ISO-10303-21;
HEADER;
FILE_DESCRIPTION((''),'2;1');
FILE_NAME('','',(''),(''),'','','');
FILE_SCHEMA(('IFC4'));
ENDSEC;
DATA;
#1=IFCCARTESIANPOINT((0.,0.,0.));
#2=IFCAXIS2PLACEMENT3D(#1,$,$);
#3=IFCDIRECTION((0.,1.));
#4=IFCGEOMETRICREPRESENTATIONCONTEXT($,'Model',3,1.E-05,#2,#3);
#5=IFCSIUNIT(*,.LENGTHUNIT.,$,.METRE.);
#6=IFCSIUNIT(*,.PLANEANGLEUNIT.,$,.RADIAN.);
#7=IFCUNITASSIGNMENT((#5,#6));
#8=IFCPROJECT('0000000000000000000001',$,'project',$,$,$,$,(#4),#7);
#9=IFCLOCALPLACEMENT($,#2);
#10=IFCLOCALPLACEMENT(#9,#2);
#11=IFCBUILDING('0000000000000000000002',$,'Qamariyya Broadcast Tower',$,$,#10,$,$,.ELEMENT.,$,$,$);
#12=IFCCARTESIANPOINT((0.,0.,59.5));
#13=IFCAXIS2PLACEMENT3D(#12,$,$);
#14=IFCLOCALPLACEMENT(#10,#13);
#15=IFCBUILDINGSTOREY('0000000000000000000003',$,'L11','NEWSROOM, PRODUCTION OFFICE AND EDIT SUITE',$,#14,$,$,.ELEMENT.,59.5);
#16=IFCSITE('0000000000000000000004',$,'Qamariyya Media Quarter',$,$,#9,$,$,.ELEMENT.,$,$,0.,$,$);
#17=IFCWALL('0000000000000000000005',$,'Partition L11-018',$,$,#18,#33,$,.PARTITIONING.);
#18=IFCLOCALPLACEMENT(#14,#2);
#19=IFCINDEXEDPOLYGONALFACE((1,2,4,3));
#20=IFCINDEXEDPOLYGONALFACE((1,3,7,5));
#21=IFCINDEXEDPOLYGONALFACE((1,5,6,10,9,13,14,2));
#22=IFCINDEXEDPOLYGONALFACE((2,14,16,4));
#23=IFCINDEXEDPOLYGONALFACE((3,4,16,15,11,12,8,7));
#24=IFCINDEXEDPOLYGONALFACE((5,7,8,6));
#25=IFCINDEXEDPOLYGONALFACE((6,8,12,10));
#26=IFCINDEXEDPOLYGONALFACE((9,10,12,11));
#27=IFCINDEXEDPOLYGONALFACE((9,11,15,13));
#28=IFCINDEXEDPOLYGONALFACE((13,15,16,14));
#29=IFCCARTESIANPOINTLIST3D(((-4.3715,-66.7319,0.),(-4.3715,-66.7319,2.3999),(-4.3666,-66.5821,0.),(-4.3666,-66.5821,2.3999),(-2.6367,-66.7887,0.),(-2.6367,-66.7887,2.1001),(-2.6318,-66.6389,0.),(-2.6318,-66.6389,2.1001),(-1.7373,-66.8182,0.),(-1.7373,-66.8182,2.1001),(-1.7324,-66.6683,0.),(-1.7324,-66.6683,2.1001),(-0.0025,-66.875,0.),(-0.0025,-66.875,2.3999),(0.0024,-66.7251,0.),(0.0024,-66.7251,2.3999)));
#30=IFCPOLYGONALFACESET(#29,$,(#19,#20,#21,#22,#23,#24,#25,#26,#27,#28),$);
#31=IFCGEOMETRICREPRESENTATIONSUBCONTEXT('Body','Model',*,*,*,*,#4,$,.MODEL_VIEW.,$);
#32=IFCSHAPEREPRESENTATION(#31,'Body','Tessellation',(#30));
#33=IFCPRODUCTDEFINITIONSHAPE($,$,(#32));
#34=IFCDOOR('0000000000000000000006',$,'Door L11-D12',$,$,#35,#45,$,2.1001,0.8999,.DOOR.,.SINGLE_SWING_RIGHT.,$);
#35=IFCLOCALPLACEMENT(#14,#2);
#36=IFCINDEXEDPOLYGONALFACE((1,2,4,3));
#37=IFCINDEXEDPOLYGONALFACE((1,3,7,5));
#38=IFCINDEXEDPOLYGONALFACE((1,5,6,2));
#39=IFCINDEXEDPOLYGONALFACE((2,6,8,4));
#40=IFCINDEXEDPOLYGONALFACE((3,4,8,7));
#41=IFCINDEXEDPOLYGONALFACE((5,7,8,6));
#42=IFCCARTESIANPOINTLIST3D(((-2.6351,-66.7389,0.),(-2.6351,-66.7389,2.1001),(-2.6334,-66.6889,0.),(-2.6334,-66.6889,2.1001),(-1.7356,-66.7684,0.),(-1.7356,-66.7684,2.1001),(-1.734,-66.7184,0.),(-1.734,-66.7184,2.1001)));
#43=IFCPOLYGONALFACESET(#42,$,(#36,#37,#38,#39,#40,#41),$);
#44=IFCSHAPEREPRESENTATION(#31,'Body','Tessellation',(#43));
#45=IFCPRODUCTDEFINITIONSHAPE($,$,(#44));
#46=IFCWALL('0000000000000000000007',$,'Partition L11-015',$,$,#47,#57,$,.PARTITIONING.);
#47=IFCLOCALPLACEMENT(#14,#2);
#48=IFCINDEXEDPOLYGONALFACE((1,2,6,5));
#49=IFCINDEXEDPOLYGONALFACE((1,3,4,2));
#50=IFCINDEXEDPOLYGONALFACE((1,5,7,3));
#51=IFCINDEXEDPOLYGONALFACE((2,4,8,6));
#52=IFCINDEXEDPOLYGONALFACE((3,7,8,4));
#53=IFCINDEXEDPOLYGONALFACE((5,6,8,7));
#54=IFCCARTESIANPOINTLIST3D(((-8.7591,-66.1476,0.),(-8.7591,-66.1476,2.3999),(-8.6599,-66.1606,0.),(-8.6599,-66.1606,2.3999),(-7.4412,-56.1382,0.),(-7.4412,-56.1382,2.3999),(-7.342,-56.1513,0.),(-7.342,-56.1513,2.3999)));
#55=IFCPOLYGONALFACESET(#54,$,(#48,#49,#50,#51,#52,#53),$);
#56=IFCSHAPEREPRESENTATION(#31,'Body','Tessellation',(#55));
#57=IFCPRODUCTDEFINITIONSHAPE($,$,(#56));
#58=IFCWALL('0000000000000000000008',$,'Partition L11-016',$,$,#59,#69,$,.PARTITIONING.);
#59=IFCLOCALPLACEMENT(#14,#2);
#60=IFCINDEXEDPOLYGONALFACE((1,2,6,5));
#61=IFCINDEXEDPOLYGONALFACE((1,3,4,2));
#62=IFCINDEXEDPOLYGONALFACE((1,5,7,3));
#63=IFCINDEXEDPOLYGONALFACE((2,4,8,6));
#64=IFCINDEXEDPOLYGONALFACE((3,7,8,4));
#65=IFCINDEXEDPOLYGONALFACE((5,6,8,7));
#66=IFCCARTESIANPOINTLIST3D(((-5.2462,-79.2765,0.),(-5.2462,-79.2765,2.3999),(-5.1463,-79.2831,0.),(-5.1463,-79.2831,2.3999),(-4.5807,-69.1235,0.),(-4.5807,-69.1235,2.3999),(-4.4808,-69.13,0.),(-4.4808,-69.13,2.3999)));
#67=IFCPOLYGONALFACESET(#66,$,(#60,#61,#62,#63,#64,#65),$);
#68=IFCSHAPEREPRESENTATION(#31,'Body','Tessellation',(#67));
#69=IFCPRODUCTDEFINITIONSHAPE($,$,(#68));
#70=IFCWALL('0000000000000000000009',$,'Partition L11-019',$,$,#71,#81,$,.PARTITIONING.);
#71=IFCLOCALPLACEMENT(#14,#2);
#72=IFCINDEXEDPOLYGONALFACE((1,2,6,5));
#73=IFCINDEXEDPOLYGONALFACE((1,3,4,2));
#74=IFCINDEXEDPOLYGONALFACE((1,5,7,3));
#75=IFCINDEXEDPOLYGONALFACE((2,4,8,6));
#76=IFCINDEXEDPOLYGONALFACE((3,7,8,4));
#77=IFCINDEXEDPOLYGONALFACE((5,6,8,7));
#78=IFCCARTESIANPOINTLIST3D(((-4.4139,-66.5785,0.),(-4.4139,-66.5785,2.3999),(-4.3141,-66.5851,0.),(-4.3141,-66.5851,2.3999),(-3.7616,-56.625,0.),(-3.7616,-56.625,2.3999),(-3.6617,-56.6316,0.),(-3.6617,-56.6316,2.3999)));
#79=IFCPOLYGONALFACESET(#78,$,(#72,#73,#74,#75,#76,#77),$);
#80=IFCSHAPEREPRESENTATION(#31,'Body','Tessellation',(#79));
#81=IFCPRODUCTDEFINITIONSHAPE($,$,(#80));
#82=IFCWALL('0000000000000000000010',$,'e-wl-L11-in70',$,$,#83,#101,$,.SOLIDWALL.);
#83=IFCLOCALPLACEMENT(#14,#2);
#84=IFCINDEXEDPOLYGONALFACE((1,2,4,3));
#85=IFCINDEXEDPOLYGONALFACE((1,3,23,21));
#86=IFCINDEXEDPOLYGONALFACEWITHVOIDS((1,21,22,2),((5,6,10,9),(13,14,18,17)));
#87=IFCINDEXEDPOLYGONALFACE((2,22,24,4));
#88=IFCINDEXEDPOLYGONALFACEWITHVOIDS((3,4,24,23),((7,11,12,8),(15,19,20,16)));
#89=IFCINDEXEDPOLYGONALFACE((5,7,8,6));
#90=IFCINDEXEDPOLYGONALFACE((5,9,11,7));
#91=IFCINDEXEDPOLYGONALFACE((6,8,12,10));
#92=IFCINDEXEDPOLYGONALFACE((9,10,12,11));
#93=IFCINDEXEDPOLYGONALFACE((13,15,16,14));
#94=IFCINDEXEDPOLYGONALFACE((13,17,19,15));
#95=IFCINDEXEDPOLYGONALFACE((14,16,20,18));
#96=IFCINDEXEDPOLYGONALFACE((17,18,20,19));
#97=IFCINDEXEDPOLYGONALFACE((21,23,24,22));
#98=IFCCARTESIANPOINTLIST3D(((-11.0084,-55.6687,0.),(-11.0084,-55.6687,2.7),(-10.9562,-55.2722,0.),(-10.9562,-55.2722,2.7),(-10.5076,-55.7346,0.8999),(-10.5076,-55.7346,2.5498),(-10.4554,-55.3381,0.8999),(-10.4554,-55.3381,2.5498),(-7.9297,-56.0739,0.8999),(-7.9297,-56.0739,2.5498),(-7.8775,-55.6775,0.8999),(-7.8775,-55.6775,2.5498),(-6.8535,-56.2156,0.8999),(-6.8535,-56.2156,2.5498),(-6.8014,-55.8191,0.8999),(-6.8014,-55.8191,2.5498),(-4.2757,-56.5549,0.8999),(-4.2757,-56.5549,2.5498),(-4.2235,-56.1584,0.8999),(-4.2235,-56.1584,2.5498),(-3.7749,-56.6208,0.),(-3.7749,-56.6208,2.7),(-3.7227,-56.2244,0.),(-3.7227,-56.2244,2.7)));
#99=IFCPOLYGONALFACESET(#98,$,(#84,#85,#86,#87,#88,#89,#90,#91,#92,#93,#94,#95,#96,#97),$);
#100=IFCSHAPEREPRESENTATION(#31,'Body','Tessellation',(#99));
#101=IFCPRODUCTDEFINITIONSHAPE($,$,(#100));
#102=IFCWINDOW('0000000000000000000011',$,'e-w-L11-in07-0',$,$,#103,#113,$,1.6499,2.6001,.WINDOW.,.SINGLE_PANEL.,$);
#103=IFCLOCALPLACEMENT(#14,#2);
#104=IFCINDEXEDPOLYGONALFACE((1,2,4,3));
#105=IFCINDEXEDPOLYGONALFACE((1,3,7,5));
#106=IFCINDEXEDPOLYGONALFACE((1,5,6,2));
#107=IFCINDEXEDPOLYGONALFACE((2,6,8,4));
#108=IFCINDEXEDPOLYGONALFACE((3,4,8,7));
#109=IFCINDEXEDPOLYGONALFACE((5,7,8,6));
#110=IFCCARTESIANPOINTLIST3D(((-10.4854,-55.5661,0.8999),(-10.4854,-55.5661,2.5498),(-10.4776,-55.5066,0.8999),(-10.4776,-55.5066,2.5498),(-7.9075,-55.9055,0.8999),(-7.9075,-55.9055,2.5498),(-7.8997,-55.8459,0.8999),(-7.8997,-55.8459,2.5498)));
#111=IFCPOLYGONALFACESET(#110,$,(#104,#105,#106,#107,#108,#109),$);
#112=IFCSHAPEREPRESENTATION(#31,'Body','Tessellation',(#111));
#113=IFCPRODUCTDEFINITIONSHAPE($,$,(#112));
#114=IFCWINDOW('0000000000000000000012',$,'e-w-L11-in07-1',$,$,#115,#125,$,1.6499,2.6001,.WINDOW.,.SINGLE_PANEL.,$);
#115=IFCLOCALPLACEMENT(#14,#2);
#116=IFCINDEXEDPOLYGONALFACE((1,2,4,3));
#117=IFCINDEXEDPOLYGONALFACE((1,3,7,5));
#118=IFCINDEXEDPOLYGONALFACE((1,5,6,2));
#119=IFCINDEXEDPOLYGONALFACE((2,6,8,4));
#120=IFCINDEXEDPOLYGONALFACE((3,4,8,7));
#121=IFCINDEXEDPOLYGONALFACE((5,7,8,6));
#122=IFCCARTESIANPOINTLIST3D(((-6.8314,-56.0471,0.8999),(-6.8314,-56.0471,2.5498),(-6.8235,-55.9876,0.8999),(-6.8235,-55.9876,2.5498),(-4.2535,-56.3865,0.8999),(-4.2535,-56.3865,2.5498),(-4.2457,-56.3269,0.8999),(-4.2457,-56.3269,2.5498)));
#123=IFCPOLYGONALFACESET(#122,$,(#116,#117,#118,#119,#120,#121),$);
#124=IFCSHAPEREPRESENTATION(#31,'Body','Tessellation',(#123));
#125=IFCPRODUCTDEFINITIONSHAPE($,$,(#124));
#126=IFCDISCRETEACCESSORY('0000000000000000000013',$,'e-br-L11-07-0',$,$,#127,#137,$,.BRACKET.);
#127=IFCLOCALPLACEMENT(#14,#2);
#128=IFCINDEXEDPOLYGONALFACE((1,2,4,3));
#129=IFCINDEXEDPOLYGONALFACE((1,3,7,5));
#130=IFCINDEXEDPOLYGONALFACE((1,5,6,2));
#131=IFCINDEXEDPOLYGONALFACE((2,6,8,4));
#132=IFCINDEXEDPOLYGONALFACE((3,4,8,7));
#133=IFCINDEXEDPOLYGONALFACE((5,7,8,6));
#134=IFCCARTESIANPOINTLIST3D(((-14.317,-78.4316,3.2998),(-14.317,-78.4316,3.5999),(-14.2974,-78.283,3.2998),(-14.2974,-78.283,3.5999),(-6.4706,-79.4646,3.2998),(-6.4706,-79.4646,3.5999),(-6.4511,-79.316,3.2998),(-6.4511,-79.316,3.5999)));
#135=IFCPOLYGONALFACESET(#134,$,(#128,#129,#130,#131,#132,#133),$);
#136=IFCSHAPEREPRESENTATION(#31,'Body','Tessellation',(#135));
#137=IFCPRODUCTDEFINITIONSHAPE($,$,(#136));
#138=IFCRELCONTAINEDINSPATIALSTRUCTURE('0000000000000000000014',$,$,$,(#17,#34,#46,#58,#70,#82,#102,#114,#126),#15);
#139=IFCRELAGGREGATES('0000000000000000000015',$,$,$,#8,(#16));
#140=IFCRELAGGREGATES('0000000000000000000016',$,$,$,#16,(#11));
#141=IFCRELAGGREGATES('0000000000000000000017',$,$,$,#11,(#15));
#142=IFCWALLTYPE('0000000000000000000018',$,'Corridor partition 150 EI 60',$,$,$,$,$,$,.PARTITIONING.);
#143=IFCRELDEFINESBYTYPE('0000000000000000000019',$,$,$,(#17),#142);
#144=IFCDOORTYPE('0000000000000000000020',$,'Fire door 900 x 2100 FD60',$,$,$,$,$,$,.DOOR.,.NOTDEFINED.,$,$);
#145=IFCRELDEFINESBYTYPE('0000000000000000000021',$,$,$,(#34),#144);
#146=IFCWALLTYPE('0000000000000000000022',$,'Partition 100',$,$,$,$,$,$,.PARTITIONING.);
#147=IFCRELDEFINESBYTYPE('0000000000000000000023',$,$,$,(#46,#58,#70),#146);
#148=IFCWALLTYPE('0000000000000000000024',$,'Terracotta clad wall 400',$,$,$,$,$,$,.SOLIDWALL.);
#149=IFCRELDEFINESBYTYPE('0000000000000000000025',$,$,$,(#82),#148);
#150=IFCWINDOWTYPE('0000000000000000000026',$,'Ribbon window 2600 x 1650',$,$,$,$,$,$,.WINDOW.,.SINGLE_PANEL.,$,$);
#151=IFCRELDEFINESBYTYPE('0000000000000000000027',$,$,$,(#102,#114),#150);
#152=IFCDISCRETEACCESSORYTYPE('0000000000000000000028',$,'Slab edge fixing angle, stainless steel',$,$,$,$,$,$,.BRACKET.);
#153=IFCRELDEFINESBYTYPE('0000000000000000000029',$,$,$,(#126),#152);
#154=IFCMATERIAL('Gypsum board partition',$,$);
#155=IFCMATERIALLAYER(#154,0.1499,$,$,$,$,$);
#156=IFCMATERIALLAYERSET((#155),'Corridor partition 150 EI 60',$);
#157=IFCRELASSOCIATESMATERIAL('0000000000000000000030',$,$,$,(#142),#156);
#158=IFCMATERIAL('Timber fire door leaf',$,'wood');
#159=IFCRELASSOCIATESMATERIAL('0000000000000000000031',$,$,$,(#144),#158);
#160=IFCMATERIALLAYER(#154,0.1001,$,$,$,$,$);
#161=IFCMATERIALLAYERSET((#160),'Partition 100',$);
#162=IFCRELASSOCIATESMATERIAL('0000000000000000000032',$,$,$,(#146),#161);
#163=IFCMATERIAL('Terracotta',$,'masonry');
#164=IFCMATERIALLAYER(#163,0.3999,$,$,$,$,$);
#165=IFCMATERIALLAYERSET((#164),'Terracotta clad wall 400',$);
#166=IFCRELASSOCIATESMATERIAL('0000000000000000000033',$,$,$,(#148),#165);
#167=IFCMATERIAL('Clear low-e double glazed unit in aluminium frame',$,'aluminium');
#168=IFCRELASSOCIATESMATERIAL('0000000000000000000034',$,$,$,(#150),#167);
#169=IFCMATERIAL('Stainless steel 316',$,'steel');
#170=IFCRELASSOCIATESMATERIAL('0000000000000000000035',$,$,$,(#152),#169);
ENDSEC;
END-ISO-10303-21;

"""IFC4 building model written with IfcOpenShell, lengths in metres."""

from ifc_helpers import new_model, si_unit, direction, frame, frame_2d, origin, origin_2d, place, context, subcontext, project, spatial, rectangle, extrude, material, layer, layer_set, type_object, element, fill, save


model = new_model("IFC4")

# Units and contexts
model_context = context("Model", 3, precision=1e-05, world=origin(), true_north=direction((0.0, 1.0)))
body_context = subcontext(model_context, "Body", "Model", "MODEL_VIEW")
ifc_project = project(units=[si_unit("LENGTHUNIT", "METRE"), si_unit("PLANEANGLEUNIT", "RADIAN")], contexts=[model_context])

# Site, building, storey
site_placement = place(None, origin())
site = spatial("IfcSite", under=ifc_project, at=site_placement, Name="Qamariyya Media Quarter", CompositionType="ELEMENT", RefElevation=0.0)
building_placement = place(site_placement, origin())
building = spatial("IfcBuilding", under=site, at=building_placement, Name="Qamariyya Broadcast Tower", CompositionType="ELEMENT")
storey_placement = place(building_placement, frame((0.0, 0.0, 59.5)))
storey = spatial("IfcBuildingStorey", under=building, at=storey_placement, Name="L11", Description="NEWSROOM, PRODUCTION OFFICE AND EDIT SUITE", CompositionType="ELEMENT", Elevation=59.5)

# Wall, opening, door
ifc_material_1 = material(Name="Gypsum board partition")
ifc_layer_1 = layer(ifc_material_1, 0.1499)
ifc_layer_set_1 = layer_set([ifc_layer_1], Name="Corridor partition 150 EI 60")
wall_type_1 = type_object("IfcWallType", Name="Corridor partition 150 EI 60", PredefinedType="PARTITIONING", material=ifc_layer_set_1)
ifc_material_2 = material(Name="Timber fire door leaf", Category="wood")
door_type_1 = type_object("IfcDoorType", Name="Fire door 900 x 2100 FD60", OperationType="NOTDEFINED", PredefinedType="DOOR", material=ifc_material_2)
wall_1_placement = place(storey_placement, frame((-4.3689, -66.657, 0.0), z_axis=(0.0, 0.0, 1.0), x_axis=(0.999464, -0.032729, 0.0)))
wall_1 = element("IfcWall", 1, at=wall_1_placement, inside=storey, type_object=wall_type_1, Name="Partition L11-018", PredefinedType="PARTITIONING", context=body_context, shape_type="SweptSolid", body=[
    extrude(rectangle(XDim=4.3713, YDim=0.1499, at=frame_2d((2.1855, 0.0))), origin(), (0.0, 0.0, 1.0), 2.3999),
])
opening_1_placement = place(wall_1_placement, frame((1.7356, 0.0, 0.0)))
opening_1 = element("IfcOpeningElement", 2, at=opening_1_placement, cuts=wall_1, PredefinedType="OPENING", context=body_context, shape_type="SweptSolid", body=[
    extrude(rectangle(XDim=0.8999, YDim=2.1001, at=frame_2d((0.45, 1.05))), frame((0.0, 0.085, 0.0), z_axis=(0.0, -1.0, 0.0), x_axis=(1.0, 0.0, 0.0)), (0.0, 0.0, 1.0), 0.1699),
])
door_1_placement = place(opening_1_placement, origin())
door_1 = element("IfcDoor", 3, at=door_1_placement, inside=storey, type_object=door_type_1, Name="Door L11-D12", OperationType="SINGLE_SWING_RIGHT", OverallHeight=2.1001, OverallWidth=0.8999, PredefinedType="DOOR", context=body_context, shape_type="SweptSolid", body=[
    extrude(rectangle(XDim=0.8999, YDim=2.1001, at=frame_2d((0.45, 1.05))), frame((0.0, 0.0249, 0.0), z_axis=(0.0, -1.0, 0.0), x_axis=(1.0, 0.0, 0.0)), (0.0, 0.0, 1.0), 0.05),
])
fill(opening_1, door_1)

# Walls
ifc_layer_2 = layer(ifc_material_1, 0.1001)
ifc_layer_set_2 = layer_set([ifc_layer_2], Name="Partition 100")
wall_type_2 = type_object("IfcWallType", Name="Partition 100", PredefinedType="PARTITIONING", material=ifc_layer_set_2)
wall_2_placement = place(storey_placement, frame((-7.3916, -56.1448, 0.0), z_axis=(0.0, 0.0, 1.0), x_axis=(-0.130538, -0.991443, 0.0)))
element("IfcWall", 4, at=wall_2_placement, inside=storey, type_object=wall_type_2, Name="Partition L11-015", PredefinedType="PARTITIONING", context=body_context, shape_type="SweptSolid", body=[
    extrude(rectangle(XDim=10.0957, YDim=0.1001, at=frame_2d((5.0479, 0.0))), origin(), (0.0, 0.0, 1.0), 2.3999),
])
wall_3_placement = place(storey_placement, frame((-5.1963, -79.2798, 0.0), z_axis=(0.0, 0.0, 1.0), x_axis=(0.065409, 0.997859, 0.0)))
element("IfcWall", 5, at=wall_3_placement, inside=storey, type_object=wall_type_2, Name="Partition L11-016", PredefinedType="PARTITIONING", context=body_context, shape_type="SweptSolid", body=[
    extrude(rectangle(XDim=10.1748, YDim=0.1001, at=frame_2d((5.0874, 0.0))), origin(), (0.0, 0.0, 1.0), 2.3999),
])
wall_4_placement = place(storey_placement, frame((-3.7117, -56.6284, 0.0), z_axis=(0.0, 0.0, 1.0), x_axis=(-0.065398, -0.997859, 0.0)))
element("IfcWall", 6, at=wall_4_placement, inside=storey, type_object=wall_type_2, Name="Partition L11-019", PredefinedType="PARTITIONING", context=body_context, shape_type="SweptSolid", body=[
    extrude(rectangle(XDim=9.9749, YDim=0.1001, at=frame_2d((4.9873, 0.0))), origin(), (0.0, 0.0, 1.0), 2.3999),
])

# Wall, openings, windows
ifc_material_3 = material(Name="Terracotta", Category="masonry")
ifc_layer_3 = layer(ifc_material_3, 0.3999)
ifc_layer_set_3 = layer_set([ifc_layer_3], Name="Terracotta clad wall 400")
wall_type_3 = type_object("IfcWallType", Name="Terracotta clad wall 400", PredefinedType="SOLIDWALL", material=ifc_layer_set_3)
wall_5_placement = place(storey_placement, frame((-3.7488, -56.4226, 0.0), z_axis=(0.0, 0.0, 1.0), x_axis=(-0.991447, 0.130506, 0.0)))
wall_5 = element("IfcWall", 7, at=wall_5_placement, inside=storey, type_object=wall_type_3, Name="e-wl-L11-in70", PredefinedType="SOLIDWALL", context=body_context, shape_type="SweptSolid", body=[
    extrude(rectangle(XDim=7.2959, YDim=0.3999, at=frame_2d((3.6479, 0.0))), origin(), (0.0, 0.0, 1.0), 2.7),
])
opening_2_placement = place(wall_5_placement, frame((4.1907, 0.0, 0.8999)))
opening_2 = element("IfcOpeningElement", 8, at=opening_2_placement, cuts=wall_5, PredefinedType="OPENING", context=body_context, shape_type="SweptSolid", body=[
    extrude(rectangle(XDim=2.6001, YDim=1.6499, at=frame_2d((1.3, 0.825))), frame((0.0, 0.21, 0.0), z_axis=(0.0, -1.0, 0.0), x_axis=(1.0, 0.0, 0.0)), (0.0, 0.0, 1.0), 0.4199),
])
opening_3_placement = place(wall_5_placement, frame((0.5051, 0.0, 0.8999)))
opening_3 = element("IfcOpeningElement", 9, at=opening_3_placement, cuts=wall_5, PredefinedType="OPENING", context=body_context, shape_type="SweptSolid", body=[
    extrude(rectangle(XDim=2.6001, YDim=1.6499, at=frame_2d((1.3, 0.825))), frame((0.0, 0.21, 0.0), z_axis=(0.0, -1.0, 0.0), x_axis=(1.0, 0.0, 0.0)), (0.0, 0.0, 1.0), 0.4199),
])
ifc_material_4 = material(Name="Clear low-e double glazed unit in aluminium frame", Category="aluminium")
window_type = type_object("IfcWindowType", Name="Ribbon window 2600 x 1650", PartitioningType="SINGLE_PANEL", PredefinedType="WINDOW", material=ifc_material_4)
window_1_placement = place(opening_2_placement, origin())
window_1 = element("IfcWindow", 10, at=window_1_placement, inside=storey, type_object=window_type, Name="e-w-L11-in07-0", OverallHeight=1.6499, OverallWidth=2.6001, PartitioningType="SINGLE_PANEL", PredefinedType="WINDOW", context=body_context, shape_type="SweptSolid", body=[
    extrude(rectangle(XDim=2.6001, YDim=1.6499, at=frame_2d((1.3, 0.825))), frame((0.0, 0.03, 0.0), z_axis=(0.0, -1.0, 0.0), x_axis=(1.0, 0.0, 0.0)), (0.0, 0.0, 1.0), 0.0601),
])
fill(opening_2, window_1)
window_2_placement = place(opening_3_placement, origin())
window_2 = element("IfcWindow", 11, at=window_2_placement, inside=storey, type_object=window_type, Name="e-w-L11-in07-1", OverallHeight=1.6499, OverallWidth=2.6001, PartitioningType="SINGLE_PANEL", PredefinedType="WINDOW", context=body_context, shape_type="SweptSolid", body=[
    extrude(rectangle(XDim=2.6001, YDim=1.6499, at=frame_2d((1.3, 0.825))), frame((0.0, 0.03, 0.0), z_axis=(0.0, -1.0, 0.0), x_axis=(1.0, 0.0, 0.0)), (0.0, 0.0, 1.0), 0.0601),
])
fill(opening_3, window_2)

# Discrete accessory
ifc_material_5 = material(Name="Stainless steel 316", Category="steel")
discrete_accessory_type = type_object("IfcDiscreteAccessoryType", Name="Slab edge fixing angle, stainless steel", PredefinedType="BRACKET", material=ifc_material_5)
discrete_accessory_placement = place(storey_placement, frame((-10.384, -78.8738, 3.2998), z_axis=(0.0, 0.0, 1.0), x_axis=(0.991445, -0.130526, 0.0)))
element("IfcDiscreteAccessory", 12, at=discrete_accessory_placement, inside=storey, type_object=discrete_accessory_type, Name="e-br-L11-07-0", PredefinedType="BRACKET", context=body_context, shape_type="SweptSolid", body=[
    extrude(rectangle(XDim=7.9141, YDim=0.1499, at=origin_2d()), origin(), (0.0, 0.0, 1.0), 0.3),
])

save(model, "model.ifc")
